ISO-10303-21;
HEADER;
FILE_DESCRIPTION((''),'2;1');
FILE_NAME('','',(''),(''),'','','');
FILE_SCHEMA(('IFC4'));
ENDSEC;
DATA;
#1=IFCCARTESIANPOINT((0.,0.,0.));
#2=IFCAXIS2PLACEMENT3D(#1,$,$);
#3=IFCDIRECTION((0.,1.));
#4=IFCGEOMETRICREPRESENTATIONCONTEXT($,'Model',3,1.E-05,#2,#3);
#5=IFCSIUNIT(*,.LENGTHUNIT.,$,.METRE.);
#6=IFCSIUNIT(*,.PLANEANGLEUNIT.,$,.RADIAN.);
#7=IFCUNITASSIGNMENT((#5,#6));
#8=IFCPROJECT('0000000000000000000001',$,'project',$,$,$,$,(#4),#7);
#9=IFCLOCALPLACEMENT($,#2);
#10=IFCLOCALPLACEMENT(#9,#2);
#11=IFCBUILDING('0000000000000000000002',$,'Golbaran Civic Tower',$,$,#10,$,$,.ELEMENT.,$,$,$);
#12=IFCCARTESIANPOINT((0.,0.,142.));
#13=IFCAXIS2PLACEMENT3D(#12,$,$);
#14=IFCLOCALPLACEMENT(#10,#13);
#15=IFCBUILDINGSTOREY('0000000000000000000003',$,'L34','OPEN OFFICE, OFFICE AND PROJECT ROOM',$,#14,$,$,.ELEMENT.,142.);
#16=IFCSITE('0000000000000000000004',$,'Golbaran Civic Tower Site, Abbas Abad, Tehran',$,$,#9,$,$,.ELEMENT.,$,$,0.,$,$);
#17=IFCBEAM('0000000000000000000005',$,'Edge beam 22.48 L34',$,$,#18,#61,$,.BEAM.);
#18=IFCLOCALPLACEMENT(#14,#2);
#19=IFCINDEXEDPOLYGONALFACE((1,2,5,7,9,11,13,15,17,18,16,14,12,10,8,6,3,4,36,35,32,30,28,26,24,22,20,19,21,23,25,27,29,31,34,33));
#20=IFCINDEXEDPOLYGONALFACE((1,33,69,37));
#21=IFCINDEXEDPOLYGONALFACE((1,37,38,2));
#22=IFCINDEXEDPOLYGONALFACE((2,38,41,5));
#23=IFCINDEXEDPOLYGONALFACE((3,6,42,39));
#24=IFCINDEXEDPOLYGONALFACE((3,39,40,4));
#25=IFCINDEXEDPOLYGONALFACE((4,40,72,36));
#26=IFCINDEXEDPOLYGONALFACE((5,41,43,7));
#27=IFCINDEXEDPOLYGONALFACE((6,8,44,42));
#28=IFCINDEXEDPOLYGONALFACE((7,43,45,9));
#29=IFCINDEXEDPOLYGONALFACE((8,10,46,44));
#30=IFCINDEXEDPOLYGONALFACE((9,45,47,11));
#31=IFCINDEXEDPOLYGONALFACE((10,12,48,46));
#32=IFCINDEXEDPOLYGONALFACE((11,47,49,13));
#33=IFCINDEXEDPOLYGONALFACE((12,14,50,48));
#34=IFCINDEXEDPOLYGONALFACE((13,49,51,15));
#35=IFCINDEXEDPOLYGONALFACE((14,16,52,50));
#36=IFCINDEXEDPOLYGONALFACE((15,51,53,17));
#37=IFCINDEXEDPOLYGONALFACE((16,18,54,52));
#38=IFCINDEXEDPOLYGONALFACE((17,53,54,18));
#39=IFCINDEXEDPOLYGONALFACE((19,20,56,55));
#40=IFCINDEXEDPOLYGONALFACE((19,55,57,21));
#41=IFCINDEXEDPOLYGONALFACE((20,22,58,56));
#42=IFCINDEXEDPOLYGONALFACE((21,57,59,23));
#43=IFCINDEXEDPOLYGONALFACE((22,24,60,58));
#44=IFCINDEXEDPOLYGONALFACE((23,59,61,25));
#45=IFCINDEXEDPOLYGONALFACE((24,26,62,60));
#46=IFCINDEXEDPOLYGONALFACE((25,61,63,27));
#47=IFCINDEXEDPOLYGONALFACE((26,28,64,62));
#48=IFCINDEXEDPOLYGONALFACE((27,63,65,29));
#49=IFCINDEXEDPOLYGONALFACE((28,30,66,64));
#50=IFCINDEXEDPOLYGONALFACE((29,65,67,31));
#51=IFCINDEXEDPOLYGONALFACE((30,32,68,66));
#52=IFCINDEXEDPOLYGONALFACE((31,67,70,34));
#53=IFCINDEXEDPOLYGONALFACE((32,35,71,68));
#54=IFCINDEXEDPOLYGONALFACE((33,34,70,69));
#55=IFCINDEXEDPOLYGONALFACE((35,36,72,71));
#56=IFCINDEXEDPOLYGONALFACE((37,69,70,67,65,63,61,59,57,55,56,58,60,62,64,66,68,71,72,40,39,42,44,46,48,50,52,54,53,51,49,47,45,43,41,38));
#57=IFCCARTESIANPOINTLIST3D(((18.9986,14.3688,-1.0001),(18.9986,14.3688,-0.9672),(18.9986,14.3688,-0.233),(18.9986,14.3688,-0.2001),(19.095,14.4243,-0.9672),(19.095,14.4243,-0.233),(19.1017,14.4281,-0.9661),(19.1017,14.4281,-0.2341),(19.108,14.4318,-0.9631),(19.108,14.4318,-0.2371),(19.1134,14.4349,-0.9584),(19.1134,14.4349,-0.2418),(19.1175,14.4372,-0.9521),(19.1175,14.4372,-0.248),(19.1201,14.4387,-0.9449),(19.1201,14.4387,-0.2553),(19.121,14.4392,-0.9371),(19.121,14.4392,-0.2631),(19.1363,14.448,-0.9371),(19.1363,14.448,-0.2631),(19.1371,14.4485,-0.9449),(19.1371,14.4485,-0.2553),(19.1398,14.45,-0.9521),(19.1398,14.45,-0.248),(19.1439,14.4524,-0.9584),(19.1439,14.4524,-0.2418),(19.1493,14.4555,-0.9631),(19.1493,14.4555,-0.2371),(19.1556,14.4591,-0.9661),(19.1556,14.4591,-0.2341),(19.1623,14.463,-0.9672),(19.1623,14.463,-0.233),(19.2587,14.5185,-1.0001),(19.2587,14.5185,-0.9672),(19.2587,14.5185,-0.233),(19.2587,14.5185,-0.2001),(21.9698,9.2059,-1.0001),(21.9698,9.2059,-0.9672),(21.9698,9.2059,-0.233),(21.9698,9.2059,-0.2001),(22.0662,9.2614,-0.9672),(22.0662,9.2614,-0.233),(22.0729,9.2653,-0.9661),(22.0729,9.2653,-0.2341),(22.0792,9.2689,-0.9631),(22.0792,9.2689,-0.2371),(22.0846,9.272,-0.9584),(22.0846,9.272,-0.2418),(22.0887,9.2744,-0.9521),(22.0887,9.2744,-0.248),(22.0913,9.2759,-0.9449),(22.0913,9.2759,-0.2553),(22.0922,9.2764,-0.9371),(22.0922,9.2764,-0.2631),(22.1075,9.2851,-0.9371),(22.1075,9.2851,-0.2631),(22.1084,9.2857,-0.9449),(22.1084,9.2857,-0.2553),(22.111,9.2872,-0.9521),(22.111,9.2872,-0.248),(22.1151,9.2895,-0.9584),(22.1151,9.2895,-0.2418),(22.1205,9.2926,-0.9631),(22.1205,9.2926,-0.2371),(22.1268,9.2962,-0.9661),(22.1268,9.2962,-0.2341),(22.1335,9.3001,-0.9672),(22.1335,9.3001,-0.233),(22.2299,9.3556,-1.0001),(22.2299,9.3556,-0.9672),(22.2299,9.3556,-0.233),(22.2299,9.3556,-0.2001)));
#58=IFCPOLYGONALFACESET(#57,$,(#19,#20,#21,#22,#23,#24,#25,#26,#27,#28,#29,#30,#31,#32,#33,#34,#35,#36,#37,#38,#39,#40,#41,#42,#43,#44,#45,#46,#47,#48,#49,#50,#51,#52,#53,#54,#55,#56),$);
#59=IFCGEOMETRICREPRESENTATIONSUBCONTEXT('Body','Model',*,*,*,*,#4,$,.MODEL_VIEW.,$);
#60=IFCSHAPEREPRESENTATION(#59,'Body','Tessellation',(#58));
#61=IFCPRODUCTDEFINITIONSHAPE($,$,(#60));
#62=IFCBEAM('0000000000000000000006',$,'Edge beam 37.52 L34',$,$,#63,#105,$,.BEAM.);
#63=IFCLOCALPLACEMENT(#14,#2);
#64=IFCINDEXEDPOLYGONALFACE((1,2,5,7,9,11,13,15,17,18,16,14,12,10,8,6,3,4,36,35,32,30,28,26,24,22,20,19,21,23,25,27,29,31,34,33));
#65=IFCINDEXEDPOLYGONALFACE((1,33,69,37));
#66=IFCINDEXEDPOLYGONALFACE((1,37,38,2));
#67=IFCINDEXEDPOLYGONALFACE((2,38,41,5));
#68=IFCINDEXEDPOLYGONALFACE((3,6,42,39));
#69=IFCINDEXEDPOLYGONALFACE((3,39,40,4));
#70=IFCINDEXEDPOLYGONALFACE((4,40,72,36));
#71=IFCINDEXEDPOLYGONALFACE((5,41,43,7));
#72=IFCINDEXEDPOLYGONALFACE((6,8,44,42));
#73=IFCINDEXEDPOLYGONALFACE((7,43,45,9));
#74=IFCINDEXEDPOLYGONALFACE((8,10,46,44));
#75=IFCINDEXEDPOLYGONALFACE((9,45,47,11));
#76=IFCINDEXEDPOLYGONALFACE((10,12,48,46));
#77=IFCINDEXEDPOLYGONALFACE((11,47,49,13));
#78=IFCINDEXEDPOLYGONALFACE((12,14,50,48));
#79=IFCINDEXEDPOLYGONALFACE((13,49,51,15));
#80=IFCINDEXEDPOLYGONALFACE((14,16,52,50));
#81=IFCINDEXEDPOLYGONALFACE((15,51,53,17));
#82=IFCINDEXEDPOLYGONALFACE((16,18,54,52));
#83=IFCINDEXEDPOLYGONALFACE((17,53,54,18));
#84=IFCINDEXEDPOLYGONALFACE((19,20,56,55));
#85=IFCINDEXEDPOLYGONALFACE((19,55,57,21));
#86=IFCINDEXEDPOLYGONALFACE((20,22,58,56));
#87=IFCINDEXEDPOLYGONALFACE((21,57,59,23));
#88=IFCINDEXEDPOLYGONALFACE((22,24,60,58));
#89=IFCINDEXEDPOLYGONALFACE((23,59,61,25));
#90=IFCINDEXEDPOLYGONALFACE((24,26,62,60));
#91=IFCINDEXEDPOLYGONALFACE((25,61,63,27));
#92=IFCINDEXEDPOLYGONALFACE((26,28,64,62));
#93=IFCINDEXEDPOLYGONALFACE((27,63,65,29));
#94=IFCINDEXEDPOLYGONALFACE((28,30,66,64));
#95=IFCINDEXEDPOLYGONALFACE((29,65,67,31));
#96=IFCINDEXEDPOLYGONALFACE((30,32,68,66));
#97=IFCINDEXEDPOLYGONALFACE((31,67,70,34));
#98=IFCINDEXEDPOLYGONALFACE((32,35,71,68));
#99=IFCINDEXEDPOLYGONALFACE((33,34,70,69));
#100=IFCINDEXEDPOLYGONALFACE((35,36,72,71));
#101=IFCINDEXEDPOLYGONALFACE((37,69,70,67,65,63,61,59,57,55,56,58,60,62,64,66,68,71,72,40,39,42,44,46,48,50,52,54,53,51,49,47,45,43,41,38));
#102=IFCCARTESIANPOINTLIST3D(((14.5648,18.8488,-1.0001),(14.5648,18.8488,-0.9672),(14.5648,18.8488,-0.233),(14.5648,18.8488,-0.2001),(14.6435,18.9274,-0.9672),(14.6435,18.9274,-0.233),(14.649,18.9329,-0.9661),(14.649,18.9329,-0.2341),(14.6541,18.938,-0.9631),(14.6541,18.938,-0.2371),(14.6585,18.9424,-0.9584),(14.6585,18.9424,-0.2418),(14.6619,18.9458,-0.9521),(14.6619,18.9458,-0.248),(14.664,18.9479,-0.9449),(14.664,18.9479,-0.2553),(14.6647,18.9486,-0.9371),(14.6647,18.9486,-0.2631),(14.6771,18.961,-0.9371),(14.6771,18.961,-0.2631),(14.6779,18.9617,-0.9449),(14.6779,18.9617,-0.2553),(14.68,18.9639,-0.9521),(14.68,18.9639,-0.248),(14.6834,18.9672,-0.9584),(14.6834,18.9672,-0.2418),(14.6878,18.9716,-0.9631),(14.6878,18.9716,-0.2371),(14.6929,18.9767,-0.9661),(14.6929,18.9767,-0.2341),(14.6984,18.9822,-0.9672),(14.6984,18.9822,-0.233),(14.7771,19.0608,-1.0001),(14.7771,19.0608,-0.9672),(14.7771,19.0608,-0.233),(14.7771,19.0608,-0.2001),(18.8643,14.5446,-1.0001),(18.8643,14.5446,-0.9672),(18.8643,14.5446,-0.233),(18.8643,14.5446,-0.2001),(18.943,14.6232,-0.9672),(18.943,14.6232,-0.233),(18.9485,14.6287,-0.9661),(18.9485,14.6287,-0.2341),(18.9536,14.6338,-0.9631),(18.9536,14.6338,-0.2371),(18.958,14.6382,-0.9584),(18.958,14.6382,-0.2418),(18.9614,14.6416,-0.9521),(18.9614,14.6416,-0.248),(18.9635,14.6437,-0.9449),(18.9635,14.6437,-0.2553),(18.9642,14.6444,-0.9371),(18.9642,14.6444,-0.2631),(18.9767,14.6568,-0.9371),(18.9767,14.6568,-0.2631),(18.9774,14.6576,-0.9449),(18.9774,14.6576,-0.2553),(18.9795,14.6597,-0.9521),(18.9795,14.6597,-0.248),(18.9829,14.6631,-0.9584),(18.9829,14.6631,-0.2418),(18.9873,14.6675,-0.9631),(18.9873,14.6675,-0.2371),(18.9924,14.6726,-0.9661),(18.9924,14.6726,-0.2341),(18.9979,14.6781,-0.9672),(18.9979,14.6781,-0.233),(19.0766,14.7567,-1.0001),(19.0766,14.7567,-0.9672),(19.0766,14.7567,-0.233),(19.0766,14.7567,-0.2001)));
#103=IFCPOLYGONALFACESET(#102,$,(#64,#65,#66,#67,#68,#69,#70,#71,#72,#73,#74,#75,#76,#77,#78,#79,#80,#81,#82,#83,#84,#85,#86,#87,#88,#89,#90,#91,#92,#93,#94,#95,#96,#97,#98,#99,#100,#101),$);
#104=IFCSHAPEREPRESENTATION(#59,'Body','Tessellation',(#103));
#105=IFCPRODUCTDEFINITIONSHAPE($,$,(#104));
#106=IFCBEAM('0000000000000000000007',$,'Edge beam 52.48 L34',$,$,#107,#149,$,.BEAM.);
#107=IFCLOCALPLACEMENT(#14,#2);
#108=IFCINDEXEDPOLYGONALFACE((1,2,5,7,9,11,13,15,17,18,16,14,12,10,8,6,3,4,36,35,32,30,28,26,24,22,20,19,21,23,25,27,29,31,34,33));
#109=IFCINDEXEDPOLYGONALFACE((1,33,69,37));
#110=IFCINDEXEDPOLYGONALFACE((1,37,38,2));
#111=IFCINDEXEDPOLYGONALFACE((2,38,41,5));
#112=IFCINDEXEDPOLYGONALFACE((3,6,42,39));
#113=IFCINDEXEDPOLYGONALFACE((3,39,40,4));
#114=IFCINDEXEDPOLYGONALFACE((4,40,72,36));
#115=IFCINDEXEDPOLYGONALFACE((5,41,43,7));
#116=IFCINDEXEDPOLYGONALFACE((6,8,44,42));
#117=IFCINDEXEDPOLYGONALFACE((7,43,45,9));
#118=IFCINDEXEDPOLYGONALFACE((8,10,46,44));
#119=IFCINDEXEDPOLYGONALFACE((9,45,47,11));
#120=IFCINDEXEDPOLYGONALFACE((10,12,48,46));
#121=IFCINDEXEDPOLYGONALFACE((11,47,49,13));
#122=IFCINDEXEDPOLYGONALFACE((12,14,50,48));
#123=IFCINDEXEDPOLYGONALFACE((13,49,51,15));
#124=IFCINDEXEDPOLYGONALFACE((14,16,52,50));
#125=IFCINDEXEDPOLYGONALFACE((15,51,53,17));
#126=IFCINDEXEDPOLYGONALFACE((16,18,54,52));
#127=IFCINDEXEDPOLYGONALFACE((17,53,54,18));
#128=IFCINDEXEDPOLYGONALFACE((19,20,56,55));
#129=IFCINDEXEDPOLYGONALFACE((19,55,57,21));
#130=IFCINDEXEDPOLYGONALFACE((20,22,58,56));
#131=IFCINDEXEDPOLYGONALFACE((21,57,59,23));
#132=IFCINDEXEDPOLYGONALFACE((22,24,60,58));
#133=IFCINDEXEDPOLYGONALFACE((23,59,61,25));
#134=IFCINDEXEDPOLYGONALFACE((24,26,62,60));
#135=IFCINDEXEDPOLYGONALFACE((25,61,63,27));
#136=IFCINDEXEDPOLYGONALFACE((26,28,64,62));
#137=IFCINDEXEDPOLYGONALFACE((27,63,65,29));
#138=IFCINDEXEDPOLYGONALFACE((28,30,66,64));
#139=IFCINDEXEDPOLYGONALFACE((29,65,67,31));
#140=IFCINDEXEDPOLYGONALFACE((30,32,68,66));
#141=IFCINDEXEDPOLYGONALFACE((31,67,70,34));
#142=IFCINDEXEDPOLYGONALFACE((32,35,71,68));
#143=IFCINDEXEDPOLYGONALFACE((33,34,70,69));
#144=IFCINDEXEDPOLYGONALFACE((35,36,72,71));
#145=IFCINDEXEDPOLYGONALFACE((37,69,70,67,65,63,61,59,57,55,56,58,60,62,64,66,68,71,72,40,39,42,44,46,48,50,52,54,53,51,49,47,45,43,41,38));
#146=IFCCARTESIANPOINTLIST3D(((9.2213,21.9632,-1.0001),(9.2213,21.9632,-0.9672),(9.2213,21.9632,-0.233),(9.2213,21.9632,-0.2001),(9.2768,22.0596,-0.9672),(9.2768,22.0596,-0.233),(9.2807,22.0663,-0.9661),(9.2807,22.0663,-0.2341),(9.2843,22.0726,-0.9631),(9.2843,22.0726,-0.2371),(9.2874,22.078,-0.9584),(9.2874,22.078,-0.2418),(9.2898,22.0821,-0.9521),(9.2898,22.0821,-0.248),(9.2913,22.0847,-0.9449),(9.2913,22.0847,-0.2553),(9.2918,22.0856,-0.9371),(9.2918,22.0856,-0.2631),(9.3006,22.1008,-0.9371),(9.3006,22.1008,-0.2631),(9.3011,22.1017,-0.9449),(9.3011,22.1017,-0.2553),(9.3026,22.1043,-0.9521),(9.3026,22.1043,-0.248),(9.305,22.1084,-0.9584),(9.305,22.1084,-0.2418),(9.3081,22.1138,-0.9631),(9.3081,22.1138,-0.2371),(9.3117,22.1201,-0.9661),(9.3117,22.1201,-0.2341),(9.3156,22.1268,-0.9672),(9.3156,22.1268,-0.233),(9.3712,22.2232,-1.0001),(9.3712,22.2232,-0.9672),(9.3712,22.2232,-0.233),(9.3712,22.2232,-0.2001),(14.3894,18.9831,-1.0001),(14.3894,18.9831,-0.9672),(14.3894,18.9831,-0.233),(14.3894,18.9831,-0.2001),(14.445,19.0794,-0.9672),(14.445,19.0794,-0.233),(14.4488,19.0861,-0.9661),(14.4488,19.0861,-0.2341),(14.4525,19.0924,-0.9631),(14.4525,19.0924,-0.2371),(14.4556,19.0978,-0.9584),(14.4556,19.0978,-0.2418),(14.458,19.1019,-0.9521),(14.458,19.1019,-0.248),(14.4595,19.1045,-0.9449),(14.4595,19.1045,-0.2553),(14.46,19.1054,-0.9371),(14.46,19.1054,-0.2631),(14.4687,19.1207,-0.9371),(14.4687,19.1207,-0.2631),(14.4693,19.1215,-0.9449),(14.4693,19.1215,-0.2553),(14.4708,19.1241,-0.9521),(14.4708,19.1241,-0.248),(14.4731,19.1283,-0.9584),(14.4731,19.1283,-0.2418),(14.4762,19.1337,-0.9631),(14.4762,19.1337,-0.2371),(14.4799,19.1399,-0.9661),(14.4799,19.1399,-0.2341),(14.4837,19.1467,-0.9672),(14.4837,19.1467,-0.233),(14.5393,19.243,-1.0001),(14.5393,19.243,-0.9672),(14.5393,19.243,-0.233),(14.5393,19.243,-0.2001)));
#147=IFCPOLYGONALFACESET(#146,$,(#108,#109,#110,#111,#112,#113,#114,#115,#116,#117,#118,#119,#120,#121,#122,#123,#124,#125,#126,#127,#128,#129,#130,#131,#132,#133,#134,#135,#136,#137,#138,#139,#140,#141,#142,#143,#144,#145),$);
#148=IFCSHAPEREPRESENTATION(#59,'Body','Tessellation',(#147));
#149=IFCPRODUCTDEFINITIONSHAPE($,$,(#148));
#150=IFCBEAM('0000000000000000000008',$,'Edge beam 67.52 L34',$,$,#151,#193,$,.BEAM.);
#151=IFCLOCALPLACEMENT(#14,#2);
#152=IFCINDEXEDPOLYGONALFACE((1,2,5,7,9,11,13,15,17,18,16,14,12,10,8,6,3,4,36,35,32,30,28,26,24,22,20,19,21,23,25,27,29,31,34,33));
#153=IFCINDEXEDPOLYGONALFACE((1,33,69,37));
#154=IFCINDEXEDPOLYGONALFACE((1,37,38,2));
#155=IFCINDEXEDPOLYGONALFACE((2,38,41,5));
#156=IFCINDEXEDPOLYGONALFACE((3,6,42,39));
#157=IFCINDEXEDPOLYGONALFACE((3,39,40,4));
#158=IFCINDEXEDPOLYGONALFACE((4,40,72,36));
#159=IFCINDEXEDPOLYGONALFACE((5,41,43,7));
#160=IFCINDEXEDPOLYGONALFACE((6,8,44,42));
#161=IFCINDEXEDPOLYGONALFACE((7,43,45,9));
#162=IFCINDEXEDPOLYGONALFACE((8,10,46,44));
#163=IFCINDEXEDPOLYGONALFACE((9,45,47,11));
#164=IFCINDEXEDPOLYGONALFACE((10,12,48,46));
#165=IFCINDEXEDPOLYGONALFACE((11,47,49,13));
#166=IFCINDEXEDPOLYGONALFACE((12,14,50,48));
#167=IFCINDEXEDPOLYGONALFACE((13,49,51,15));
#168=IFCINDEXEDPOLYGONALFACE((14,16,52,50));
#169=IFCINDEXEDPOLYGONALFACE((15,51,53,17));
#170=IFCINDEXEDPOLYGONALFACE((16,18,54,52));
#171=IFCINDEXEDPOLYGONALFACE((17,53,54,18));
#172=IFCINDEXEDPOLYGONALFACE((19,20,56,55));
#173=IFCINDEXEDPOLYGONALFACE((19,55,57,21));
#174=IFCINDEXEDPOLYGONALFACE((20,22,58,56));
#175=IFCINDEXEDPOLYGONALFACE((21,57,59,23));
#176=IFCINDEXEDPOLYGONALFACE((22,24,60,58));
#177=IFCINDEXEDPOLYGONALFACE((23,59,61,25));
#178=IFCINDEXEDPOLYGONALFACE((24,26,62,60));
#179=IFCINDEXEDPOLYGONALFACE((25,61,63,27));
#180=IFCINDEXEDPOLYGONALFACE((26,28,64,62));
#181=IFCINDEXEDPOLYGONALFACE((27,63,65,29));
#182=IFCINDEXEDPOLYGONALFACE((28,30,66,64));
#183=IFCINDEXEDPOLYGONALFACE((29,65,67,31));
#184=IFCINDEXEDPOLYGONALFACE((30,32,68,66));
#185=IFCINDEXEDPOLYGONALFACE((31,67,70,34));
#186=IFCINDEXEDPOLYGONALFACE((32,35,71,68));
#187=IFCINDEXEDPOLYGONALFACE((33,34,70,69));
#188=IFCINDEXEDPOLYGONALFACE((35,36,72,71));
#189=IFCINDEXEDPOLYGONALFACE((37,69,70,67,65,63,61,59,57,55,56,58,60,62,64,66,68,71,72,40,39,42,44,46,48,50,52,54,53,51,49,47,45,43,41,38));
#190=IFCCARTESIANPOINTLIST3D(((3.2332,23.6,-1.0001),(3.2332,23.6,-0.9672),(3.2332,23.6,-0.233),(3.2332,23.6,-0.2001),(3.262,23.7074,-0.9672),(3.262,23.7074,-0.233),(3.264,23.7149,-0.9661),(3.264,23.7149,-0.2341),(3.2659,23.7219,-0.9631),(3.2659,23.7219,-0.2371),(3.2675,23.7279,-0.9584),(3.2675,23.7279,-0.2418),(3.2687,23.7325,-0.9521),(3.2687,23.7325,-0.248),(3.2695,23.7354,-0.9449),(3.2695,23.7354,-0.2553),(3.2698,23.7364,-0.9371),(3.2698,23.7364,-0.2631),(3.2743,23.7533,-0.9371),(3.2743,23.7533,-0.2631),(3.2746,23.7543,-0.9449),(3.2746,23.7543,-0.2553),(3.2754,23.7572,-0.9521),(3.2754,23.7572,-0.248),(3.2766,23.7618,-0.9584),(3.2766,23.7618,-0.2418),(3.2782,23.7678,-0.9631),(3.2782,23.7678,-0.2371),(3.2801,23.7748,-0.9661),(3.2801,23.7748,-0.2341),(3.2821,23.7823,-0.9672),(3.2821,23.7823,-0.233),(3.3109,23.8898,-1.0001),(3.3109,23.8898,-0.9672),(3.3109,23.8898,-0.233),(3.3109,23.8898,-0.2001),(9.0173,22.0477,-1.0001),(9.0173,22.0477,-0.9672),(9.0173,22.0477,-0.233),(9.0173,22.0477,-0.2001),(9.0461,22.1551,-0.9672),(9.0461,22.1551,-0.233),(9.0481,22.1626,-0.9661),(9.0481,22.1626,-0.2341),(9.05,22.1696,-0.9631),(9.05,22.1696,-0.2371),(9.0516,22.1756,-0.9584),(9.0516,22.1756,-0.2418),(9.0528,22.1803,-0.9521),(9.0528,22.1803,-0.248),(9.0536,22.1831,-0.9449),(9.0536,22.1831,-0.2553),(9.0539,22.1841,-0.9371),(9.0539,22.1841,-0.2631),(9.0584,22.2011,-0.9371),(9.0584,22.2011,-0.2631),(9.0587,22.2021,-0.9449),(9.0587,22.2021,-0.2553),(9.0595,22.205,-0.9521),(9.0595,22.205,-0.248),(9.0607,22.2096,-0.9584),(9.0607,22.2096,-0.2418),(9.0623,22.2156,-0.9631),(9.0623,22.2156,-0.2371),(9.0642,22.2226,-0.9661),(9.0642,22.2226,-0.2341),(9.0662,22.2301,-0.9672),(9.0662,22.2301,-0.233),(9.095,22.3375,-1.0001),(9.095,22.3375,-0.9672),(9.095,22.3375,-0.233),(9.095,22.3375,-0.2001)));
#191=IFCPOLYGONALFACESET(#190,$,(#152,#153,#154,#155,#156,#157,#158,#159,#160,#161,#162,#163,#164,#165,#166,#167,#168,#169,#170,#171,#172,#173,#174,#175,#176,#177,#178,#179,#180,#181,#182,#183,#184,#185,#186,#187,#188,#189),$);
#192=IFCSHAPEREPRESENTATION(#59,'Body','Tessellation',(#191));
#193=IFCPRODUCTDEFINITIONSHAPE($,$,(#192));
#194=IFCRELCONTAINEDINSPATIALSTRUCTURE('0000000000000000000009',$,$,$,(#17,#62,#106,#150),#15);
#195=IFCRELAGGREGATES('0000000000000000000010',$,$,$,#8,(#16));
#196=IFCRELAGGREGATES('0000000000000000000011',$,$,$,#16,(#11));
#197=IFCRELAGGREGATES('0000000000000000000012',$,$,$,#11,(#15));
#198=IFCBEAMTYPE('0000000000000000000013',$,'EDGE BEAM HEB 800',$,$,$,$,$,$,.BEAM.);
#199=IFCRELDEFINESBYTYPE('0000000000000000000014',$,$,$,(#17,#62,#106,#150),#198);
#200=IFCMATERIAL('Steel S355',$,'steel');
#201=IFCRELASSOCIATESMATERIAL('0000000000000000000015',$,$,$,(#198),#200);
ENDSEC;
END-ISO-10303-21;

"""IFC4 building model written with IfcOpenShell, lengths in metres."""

from ifc_helpers import new_model, si_unit, direction, frame, origin, origin_2d, place, context, subcontext, project, spatial, i_section, extrude, material, material_profile, profile_set, type_object, element, save


model = new_model("IFC4")

# Units and contexts
model_context = context("Model", 3, precision=1e-05, world=origin(), true_north=direction((0.0, 1.0)))
body_context = subcontext(model_context, "Body", "Model", "MODEL_VIEW")
ifc_project = project(units=[si_unit("LENGTHUNIT", "METRE"), si_unit("PLANEANGLEUNIT", "RADIAN")], contexts=[model_context])

# Site, building, storey
site_placement = place(None, origin())
site = spatial("IfcSite", under=ifc_project, at=site_placement, Name="Golbaran Civic Tower Site, Abbas Abad, Tehran", CompositionType="ELEMENT", RefElevation=0.0)
building_placement = place(site_placement, origin())
building = spatial("IfcBuilding", under=site, at=building_placement, Name="Golbaran Civic Tower", CompositionType="ELEMENT")
storey_placement = place(building_placement, frame((0.0, 0.0, 142.0)))
storey = spatial("IfcBuildingStorey", under=building, at=storey_placement, Name="L34", Description="OPEN OFFICE, OFFICE AND PROJECT ROOM", CompositionType="ELEMENT", Elevation=142.0)

# Beams
ifc_material_1 = material(Name="Steel S355", Category="steel")
ifc_material_profile_1 = material_profile(ifc_material_1, i_section(OverallWidth=0.3, OverallDepth=0.8, WebThickness=0.0176, FlangeThickness=0.033, FilletRadius=0.03, at=origin_2d()), Name="HEB 800")
ifc_profile_set_1 = profile_set([ifc_material_profile_1], Name="Steel S355")
beam_type_1 = type_object("IfcBeamType", Name="EDGE BEAM HEB 800", PredefinedType="BEAM", material=ifc_profile_set_1)
beam_1_placement = place(storey_placement, frame((22.0999, 9.2808, -0.6001), z_axis=(-0.498794, 0.866721, 0.0), x_axis=(-0.866721, -0.498794, 0.0)))
element("IfcBeam", 1, at=beam_1_placement, inside=storey, type_object=beam_type_1, Name="Edge beam 22.48 L34", PredefinedType="BEAM", context=body_context, shape_type="SweptSolid", body=[
    extrude(i_section(OverallWidth=0.3, OverallDepth=0.8, WebThickness=0.0176, FlangeThickness=0.033, FilletRadius=0.03, at=origin_2d()), origin(), (0.0, 0.0, 1.0), 5.9568),
])
beam_2_placement = place(storey_placement, frame((18.9705, 14.6506, -0.6001), z_axis=(-0.706725, 0.707488, 0.0), x_axis=(-0.707488, -0.706725, 0.0)))
element("IfcBeam", 2, at=beam_2_placement, inside=storey, type_object=beam_type_1, Name="Edge beam 37.52 L34", PredefinedType="BEAM", context=body_context, shape_type="SweptSolid", body=[
    extrude(i_section(OverallWidth=0.3, OverallDepth=0.8, WebThickness=0.0176, FlangeThickness=0.033, FilletRadius=0.03, at=origin_2d()), origin(), (0.0, 0.0, 1.0), 6.0837),
])
beam_3_placement = place(storey_placement, frame((14.4644, 19.113, -0.6001), z_axis=(-0.86629, 0.499542, 0.0), x_axis=(-0.499542, -0.86629, 0.0)))
element("IfcBeam", 3, at=beam_3_placement, inside=storey, type_object=beam_type_1, Name="Edge beam 52.48 L34", PredefinedType="BEAM", context=body_context, shape_type="SweptSolid", body=[
    extrude(i_section(OverallWidth=0.3, OverallDepth=0.8, WebThickness=0.0176, FlangeThickness=0.033, FilletRadius=0.03, at=origin_2d()), origin(), (0.0, 0.0, 1.0), 5.9658),
])
beam_4_placement = place(storey_placement, frame((9.0562, 22.1926, -0.6001), z_axis=(-0.965826, 0.25919, 0.0), x_axis=(-0.25919, -0.965826, 0.0)))
element("IfcBeam", 4, at=beam_4_placement, inside=storey, type_object=beam_type_1, Name="Edge beam 67.52 L34", PredefinedType="BEAM", context=body_context, shape_type="SweptSolid", body=[
    extrude(i_section(OverallWidth=0.3, OverallDepth=0.8, WebThickness=0.0176, FlangeThickness=0.033, FilletRadius=0.03, at=origin_2d()), origin(), (0.0, 0.0, 1.0), 5.9888),
])

save(model, "model.ifc")
